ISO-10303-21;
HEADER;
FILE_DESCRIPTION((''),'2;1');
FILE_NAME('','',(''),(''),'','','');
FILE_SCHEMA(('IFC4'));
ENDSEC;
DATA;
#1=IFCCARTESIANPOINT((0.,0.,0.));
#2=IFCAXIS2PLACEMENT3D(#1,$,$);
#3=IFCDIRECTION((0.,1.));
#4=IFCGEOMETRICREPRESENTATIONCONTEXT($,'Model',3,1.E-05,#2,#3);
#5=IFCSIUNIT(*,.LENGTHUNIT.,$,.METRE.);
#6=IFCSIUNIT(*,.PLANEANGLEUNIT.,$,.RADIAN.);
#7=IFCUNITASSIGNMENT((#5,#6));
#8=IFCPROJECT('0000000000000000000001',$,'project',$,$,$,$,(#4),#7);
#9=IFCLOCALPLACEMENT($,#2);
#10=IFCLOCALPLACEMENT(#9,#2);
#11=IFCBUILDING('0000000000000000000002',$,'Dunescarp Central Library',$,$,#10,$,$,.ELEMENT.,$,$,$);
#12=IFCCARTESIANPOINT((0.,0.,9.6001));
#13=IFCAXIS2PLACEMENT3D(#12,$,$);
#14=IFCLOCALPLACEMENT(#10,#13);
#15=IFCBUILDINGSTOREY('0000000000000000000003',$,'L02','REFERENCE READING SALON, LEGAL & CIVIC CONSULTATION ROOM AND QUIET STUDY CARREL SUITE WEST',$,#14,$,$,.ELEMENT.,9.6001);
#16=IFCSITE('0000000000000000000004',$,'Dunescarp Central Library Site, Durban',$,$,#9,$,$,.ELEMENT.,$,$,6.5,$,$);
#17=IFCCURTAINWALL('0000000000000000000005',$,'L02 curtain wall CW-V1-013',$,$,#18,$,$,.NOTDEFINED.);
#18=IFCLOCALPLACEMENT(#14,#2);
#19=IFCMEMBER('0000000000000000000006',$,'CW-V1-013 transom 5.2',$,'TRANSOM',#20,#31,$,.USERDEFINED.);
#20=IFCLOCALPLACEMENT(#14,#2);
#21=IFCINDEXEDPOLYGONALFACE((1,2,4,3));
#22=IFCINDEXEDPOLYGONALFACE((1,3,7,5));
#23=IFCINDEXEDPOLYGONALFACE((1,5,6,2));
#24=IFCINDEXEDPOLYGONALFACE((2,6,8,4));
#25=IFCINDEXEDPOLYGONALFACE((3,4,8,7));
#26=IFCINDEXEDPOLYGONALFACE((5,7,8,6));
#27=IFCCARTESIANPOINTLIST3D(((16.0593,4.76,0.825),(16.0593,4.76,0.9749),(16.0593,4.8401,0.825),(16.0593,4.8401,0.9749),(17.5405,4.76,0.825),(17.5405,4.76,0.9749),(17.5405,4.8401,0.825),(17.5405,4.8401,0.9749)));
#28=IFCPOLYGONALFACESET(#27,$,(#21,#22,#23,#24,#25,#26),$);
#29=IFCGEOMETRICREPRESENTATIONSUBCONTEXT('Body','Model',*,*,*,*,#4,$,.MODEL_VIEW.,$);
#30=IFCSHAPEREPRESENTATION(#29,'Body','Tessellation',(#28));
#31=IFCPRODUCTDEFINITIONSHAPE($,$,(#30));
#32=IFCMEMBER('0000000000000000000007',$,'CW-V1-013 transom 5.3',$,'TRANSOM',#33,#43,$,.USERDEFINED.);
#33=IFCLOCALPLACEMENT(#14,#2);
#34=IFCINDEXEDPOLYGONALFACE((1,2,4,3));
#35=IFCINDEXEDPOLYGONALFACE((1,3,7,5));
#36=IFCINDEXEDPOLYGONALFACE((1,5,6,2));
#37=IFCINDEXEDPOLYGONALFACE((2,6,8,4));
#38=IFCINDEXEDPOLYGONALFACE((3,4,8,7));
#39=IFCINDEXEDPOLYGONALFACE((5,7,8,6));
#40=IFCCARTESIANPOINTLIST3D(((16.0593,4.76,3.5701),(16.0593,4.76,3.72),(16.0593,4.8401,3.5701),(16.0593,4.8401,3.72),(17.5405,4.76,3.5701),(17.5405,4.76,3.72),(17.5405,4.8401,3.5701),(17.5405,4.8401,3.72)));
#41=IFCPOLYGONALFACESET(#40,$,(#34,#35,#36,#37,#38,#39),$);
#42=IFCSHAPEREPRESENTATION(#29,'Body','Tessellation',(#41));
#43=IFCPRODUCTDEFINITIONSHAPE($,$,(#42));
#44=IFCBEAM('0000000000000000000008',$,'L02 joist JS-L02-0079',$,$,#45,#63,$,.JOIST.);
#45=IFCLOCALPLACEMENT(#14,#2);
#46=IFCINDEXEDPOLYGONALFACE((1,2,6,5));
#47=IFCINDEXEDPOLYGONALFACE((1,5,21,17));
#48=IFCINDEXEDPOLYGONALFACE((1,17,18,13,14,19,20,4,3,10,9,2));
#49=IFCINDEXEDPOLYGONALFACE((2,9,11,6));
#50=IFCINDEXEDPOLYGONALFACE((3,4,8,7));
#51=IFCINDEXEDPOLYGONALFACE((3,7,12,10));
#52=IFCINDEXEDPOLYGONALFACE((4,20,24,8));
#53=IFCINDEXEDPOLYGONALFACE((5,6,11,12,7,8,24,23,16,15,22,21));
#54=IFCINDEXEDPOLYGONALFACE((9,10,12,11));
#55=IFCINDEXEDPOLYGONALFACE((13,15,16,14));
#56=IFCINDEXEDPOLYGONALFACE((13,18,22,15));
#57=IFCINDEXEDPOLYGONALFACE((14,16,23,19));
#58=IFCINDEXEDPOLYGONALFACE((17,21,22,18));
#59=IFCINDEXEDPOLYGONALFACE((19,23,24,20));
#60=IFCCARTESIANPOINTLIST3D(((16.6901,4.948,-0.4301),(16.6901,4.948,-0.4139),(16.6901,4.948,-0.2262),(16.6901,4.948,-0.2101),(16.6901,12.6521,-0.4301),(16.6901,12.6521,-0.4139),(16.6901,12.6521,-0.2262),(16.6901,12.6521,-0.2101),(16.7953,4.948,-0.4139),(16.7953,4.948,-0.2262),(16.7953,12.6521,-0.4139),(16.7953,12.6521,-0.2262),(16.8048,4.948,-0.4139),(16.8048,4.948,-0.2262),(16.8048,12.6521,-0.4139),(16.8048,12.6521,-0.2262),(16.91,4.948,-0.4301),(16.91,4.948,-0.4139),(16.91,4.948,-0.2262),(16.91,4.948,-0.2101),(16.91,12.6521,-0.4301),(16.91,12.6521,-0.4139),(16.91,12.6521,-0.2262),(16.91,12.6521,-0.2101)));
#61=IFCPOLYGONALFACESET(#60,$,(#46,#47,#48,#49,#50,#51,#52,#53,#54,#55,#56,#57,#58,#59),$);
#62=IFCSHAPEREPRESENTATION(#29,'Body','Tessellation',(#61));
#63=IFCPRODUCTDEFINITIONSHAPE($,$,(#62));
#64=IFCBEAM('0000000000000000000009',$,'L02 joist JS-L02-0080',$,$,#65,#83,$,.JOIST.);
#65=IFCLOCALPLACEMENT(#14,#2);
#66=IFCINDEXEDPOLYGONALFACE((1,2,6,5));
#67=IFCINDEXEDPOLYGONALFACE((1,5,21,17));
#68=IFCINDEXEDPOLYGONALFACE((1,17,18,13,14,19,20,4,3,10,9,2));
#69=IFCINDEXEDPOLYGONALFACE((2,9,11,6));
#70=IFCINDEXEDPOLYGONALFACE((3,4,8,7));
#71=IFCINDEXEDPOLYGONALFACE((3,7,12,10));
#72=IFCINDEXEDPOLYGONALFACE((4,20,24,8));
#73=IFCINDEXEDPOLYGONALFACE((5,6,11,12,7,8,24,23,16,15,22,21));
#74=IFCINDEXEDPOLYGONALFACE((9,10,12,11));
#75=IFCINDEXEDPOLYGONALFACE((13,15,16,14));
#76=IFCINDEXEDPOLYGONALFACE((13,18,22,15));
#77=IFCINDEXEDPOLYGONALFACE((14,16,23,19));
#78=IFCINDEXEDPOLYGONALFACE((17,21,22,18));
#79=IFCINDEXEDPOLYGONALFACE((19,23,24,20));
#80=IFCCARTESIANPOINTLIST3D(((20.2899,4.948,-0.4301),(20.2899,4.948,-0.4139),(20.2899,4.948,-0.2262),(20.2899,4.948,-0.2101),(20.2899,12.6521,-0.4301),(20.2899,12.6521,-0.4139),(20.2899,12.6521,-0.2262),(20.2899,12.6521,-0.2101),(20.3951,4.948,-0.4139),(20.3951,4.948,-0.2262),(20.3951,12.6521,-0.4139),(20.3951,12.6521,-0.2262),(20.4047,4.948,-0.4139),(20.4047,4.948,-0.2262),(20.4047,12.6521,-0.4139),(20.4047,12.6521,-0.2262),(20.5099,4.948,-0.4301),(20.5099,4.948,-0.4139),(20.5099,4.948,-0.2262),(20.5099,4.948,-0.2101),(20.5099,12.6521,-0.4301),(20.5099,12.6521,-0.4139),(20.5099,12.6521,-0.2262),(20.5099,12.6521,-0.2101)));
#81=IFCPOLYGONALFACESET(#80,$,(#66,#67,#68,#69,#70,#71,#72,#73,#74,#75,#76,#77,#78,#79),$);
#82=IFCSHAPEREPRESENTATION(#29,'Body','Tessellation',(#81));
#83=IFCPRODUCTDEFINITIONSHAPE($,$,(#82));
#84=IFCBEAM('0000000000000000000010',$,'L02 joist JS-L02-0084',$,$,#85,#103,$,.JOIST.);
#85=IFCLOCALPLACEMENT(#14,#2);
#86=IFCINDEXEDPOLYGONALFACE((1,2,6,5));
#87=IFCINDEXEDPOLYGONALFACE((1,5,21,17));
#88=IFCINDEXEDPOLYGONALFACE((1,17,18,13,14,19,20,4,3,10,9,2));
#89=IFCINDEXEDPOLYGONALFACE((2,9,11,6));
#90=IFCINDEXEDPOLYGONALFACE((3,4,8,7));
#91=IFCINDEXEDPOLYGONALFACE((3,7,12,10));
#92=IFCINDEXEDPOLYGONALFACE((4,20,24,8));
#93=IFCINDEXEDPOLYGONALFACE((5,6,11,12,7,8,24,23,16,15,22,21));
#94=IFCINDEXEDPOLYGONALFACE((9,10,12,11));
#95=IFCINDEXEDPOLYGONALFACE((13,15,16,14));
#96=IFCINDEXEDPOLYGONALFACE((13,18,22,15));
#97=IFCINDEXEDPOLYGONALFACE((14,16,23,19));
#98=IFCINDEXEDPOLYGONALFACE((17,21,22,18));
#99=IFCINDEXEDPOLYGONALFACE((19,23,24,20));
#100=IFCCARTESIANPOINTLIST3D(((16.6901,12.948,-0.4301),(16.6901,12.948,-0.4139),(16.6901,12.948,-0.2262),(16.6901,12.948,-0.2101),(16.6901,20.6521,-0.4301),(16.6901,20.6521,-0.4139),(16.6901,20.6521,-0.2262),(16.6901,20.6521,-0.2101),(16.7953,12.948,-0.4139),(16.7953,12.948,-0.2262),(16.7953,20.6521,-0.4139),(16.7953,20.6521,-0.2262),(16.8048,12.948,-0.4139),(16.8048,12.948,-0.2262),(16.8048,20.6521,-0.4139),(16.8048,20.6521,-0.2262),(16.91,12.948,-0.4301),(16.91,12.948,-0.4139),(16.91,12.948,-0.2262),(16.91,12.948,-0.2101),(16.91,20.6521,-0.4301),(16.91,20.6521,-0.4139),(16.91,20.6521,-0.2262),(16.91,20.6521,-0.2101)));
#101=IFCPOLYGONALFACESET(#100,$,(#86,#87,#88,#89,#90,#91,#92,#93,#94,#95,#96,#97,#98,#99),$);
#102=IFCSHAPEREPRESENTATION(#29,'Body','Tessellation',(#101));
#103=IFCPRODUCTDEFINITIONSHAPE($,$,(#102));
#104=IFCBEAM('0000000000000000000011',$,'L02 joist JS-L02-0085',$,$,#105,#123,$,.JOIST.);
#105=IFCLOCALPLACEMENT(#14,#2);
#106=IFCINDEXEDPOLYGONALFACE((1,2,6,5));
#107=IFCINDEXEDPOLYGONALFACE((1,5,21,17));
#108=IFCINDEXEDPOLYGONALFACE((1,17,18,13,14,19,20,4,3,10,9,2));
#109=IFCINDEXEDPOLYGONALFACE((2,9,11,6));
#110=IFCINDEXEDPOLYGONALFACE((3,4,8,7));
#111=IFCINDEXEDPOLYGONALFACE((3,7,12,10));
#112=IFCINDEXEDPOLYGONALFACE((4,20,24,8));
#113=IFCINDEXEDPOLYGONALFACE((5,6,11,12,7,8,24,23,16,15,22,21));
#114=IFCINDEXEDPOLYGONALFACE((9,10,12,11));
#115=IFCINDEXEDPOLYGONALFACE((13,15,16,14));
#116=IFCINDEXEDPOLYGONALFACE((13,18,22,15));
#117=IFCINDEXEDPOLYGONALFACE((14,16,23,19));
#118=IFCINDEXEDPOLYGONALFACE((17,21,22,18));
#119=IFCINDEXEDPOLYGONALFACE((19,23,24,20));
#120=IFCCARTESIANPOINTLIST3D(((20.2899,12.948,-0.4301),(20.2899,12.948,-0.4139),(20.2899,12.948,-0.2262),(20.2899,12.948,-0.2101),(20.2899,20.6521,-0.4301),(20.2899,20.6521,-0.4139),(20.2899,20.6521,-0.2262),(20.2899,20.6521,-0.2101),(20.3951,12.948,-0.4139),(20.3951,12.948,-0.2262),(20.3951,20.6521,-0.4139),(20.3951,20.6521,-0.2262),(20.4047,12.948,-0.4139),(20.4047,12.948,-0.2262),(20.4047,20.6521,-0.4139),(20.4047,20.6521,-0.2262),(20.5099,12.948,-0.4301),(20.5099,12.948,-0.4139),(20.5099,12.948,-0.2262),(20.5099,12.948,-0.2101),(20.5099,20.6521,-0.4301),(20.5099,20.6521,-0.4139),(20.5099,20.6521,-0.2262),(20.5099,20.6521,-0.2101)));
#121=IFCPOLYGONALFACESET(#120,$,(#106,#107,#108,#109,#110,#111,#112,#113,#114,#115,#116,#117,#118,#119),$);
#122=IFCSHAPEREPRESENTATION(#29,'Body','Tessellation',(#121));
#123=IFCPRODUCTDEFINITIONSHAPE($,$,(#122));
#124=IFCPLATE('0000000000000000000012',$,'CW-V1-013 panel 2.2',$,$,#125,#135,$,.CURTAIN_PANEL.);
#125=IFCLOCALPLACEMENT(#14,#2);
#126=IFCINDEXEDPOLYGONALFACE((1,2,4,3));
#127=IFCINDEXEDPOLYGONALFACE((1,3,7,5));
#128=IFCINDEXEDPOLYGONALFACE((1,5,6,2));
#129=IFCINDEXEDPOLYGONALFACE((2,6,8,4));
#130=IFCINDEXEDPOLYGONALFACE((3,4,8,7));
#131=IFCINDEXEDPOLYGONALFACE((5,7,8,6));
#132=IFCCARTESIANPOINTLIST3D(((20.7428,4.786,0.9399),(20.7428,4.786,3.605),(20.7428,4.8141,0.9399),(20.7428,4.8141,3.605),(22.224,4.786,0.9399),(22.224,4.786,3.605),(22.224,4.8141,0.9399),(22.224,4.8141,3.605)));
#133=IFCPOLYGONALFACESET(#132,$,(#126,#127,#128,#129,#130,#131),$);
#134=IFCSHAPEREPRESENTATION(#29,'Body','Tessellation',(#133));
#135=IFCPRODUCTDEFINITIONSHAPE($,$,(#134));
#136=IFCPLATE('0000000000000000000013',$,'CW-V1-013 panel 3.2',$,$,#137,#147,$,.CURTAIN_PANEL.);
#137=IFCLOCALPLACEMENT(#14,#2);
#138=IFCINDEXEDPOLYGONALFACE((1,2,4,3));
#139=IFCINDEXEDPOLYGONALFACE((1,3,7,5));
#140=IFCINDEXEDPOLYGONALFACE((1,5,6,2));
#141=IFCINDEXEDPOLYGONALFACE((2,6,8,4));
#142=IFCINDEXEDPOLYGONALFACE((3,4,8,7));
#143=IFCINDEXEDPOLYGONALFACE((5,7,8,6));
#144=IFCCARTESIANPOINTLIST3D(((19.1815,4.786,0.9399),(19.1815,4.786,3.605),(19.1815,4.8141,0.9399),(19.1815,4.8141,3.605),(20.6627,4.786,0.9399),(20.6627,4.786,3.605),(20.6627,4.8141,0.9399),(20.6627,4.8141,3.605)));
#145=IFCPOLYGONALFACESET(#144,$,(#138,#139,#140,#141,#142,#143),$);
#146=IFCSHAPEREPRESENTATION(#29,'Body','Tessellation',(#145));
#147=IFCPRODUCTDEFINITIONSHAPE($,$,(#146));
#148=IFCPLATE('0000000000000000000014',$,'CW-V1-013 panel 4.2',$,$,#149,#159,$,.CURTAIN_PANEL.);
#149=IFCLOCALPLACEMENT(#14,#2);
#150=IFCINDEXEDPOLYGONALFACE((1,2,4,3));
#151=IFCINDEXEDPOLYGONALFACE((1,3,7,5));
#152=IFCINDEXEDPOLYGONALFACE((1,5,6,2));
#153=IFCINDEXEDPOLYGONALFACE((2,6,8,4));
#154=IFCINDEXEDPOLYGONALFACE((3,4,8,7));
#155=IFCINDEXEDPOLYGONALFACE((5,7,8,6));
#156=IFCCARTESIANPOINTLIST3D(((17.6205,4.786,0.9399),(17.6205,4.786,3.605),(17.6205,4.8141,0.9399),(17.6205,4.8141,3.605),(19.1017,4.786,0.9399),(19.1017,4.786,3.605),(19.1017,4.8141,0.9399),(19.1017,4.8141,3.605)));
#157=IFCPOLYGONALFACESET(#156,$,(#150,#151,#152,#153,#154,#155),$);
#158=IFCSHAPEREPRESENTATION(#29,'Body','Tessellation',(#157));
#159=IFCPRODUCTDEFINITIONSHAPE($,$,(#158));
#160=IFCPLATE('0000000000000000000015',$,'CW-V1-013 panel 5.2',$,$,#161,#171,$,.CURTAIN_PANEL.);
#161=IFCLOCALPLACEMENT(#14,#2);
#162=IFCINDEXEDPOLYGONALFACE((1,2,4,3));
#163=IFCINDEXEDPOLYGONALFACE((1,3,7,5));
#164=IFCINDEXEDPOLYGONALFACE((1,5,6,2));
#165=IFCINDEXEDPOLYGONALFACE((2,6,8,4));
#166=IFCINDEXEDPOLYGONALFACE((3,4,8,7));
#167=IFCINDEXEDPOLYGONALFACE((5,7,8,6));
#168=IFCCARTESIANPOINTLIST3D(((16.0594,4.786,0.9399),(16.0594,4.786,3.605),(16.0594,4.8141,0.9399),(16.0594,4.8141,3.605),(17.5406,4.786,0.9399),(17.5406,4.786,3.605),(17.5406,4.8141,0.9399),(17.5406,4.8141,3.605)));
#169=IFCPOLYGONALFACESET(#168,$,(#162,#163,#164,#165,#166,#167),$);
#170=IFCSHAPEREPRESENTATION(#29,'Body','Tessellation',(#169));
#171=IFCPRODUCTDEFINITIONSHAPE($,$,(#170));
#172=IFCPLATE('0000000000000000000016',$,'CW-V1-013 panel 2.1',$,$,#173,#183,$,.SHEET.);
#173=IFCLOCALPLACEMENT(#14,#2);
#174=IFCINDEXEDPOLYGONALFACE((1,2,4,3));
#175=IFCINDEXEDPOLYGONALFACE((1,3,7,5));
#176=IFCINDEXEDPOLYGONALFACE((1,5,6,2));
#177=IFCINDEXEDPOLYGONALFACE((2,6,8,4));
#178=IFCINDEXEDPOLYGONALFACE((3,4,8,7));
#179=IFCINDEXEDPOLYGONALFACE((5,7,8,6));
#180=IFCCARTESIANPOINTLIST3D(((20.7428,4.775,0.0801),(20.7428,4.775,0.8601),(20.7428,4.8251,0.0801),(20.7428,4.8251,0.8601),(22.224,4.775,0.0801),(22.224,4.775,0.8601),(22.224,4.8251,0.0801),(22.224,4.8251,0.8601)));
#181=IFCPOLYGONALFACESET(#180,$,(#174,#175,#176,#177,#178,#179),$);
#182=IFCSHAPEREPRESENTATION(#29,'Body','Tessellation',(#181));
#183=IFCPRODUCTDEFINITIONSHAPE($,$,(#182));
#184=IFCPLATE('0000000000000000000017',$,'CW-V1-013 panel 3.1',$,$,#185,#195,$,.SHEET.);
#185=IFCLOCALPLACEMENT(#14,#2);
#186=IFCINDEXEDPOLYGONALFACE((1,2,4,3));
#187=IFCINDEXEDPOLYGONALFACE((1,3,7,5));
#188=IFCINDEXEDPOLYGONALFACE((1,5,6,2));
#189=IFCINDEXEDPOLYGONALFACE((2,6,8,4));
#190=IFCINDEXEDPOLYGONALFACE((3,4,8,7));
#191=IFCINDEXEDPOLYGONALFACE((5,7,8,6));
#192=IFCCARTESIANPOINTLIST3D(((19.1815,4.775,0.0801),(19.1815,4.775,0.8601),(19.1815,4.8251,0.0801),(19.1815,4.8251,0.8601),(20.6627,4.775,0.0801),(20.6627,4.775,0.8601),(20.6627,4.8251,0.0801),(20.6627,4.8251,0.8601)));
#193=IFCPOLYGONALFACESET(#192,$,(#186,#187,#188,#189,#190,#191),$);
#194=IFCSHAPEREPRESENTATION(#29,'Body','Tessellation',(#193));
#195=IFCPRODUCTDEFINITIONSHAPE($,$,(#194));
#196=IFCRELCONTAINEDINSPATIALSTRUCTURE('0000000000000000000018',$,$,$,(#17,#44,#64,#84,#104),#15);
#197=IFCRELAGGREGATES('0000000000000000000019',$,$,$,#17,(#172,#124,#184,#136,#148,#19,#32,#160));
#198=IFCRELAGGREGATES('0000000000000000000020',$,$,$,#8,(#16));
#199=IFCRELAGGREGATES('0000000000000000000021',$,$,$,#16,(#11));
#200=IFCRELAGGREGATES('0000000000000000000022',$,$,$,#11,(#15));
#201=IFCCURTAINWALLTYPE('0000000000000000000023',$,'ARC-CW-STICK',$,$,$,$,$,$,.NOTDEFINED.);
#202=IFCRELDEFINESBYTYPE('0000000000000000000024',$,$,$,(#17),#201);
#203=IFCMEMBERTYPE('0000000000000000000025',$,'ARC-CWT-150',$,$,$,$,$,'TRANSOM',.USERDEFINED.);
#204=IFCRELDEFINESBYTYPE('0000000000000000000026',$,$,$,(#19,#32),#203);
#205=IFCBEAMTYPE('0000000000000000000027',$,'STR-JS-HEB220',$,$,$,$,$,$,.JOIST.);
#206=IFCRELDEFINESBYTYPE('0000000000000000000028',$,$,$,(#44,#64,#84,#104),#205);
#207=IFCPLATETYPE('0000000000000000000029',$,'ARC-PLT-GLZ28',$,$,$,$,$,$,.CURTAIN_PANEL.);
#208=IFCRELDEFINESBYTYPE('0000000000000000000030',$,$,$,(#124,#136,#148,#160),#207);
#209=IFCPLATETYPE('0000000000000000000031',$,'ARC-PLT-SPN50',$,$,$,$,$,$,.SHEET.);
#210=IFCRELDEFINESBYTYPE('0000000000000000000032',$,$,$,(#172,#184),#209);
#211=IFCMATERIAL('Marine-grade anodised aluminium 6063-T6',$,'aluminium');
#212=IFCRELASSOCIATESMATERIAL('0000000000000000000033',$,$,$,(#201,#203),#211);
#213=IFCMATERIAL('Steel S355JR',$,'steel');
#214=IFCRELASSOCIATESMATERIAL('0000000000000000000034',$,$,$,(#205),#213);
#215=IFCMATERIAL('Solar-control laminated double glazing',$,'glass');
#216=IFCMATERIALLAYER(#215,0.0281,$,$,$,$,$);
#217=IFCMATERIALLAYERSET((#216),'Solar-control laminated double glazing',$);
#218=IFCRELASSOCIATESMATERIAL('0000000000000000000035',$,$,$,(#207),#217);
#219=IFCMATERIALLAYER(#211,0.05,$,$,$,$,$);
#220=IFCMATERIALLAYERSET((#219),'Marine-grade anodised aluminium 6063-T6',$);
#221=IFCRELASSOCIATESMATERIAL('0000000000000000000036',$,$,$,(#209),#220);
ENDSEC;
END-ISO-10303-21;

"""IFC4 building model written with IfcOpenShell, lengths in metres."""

from ifc_helpers import new_model, si_unit, direction, frame, origin, origin_2d, place, context, subcontext, project, spatial, rectangle, i_section, extrude, material, layer, layer_set, material_profile, profile_set, type_object, element, aggregate, save


model = new_model("IFC4")

# Units and contexts
model_context = context("Model", 3, precision=1e-05, world=origin(), true_north=direction((0.0, 1.0)))
body_context = subcontext(model_context, "Body", "Model", "MODEL_VIEW")
ifc_project = project(units=[si_unit("LENGTHUNIT", "METRE"), si_unit("PLANEANGLEUNIT", "RADIAN")], contexts=[model_context])

# Site, building, storey
site_placement = place(None, origin())
site = spatial("IfcSite", under=ifc_project, at=site_placement, Name="Dunescarp Central Library Site, Durban", CompositionType="ELEMENT", RefElevation=6.5)
building_placement = place(site_placement, origin())
building = spatial("IfcBuilding", under=site, at=building_placement, Name="Dunescarp Central Library", CompositionType="ELEMENT")
storey_placement = place(building_placement, frame((0.0, 0.0, 9.6001)))
storey = spatial("IfcBuildingStorey", under=building, at=storey_placement, Name="L02", Description="REFERENCE READING SALON, LEGAL & CIVIC CONSULTATION ROOM AND QUIET STUDY CARREL SUITE WEST", CompositionType="ELEMENT", Elevation=9.6001)

# Shared definitions
ifc_material_1 = material(Name="Steel S355JR", Category="steel")

# Curtain wall, members
ifc_material_2 = material(Name="Marine-grade anodised aluminium 6063-T6", Category="aluminium")
curtain_wall_type = type_object("IfcCurtainWallType", Name="ARC-CW-STICK", PredefinedType="NOTDEFINED", material=ifc_material_2)
curtain_wall_placement = place(storey_placement, origin())
curtain_wall = element("IfcCurtainWall", 1, at=curtain_wall_placement, inside=storey, type_object=curtain_wall_type, Name="L02 curtain wall CW-V1-013", PredefinedType="NOTDEFINED")
ifc_material_profile_1 = material_profile(ifc_material_2, rectangle(XDim=0.0801, YDim=0.1499, at=origin_2d()), Name="AL 80x150")
ifc_profile_set_1 = profile_set([ifc_material_profile_1], Name="Marine-grade anodised aluminium 6063-T6")
member_type_1 = type_object("IfcMemberType", Name="ARC-CWT-150", ElementType="TRANSOM", PredefinedType="USERDEFINED", material=ifc_profile_set_1)
member_1_placement = place(storey_placement, frame((17.5405, 4.8, 0.8999), z_axis=(-1.0, 0.0, 0.0), x_axis=(0.0, -1.0, 0.0)))
member_1 = element("IfcMember", 2, at=member_1_placement, type_object=member_type_1, Name="CW-V1-013 transom 5.2", ObjectType="TRANSOM", PredefinedType="USERDEFINED", context=body_context, shape_type="SweptSolid", body=[
    extrude(rectangle(XDim=0.0801, YDim=0.1499, at=origin_2d()), origin(), (0.0, 0.0, 1.0), 1.4812),
])
member_2_placement = place(storey_placement, frame((17.5405, 4.8, 3.645), z_axis=(-1.0, 0.0, 0.0), x_axis=(0.0, -1.0, 0.0)))
member_2 = element("IfcMember", 3, at=member_2_placement, type_object=member_type_1, Name="CW-V1-013 transom 5.3", ObjectType="TRANSOM", PredefinedType="USERDEFINED", context=body_context, shape_type="SweptSolid", body=[
    extrude(rectangle(XDim=0.0801, YDim=0.1499, at=origin_2d()), origin(), (0.0, 0.0, 1.0), 1.4812),
])

# Beams
ifc_material_profile_2 = material_profile(ifc_material_1, i_section(OverallWidth=0.22, OverallDepth=0.22, WebThickness=0.0095, FlangeThickness=0.0161, at=origin_2d()), Name="HEB 220")
ifc_profile_set_2 = profile_set([ifc_material_profile_2], Name="Steel S355JR")
beam_type = type_object("IfcBeamType", Name="STR-JS-HEB220", PredefinedType="JOIST", material=ifc_profile_set_2)
for number, where, z_axis, x_axis, name in (
    (4, (16.8, 4.948, -0.3201), (0.0, 1.0, 0.0), (-1.0, 0.0, 0.0), "L02 joist JS-L02-0079"),
    (5, (20.3999, 4.948, -0.3201), (0.0, 1.0, 0.0), (-1.0, 0.0, 0.0), "L02 joist JS-L02-0080"),
    (6, (16.8, 12.948, -0.3201), (0.0, 1.0, 0.0), (-1.0, 0.0, 0.0), "L02 joist JS-L02-0084"),
    (7, (20.3999, 12.948, -0.3201), (0.0, 1.0, 0.0), (-1.0, 0.0, 0.0), "L02 joist JS-L02-0085"),
):
    element("IfcBeam", number, at=place(storey_placement, frame(where, z_axis=z_axis, x_axis=x_axis)), inside=storey, type_object=beam_type, Name=name, PredefinedType="JOIST", context=body_context, shape_type="SweptSolid", body=[
        extrude(i_section(OverallWidth=0.22, OverallDepth=0.22, WebThickness=0.0095, FlangeThickness=0.0161, at=origin_2d()), origin(), (0.0, 0.0, 1.0), 7.7041),
    ])

# Plates
ifc_material_3 = material(Name="Solar-control laminated double glazing", Category="glass")
ifc_layer_1 = layer(ifc_material_3, 0.0281)
ifc_layer_set_1 = layer_set([ifc_layer_1], Name="Solar-control laminated double glazing")
plate_type_1 = type_object("IfcPlateType", Name="ARC-PLT-GLZ28", PredefinedType="CURTAIN_PANEL", material=ifc_layer_set_1)
plate_1_placement = place(storey_placement, frame((21.4834, 4.8, 0.9399), z_axis=(0.0, 0.0, 1.0), x_axis=(-1.0, 0.0, 0.0)))
plate_1 = element("IfcPlate", 8, at=plate_1_placement, type_object=plate_type_1, Name="CW-V1-013 panel 2.2", PredefinedType="CURTAIN_PANEL", context=body_context, shape_type="SweptSolid", body=[
    extrude(rectangle(XDim=1.4812, YDim=0.0281, at=origin_2d()), origin(), (0.0, 0.0, 1.0), 2.665),
])
plate_2_placement = place(storey_placement, frame((19.9221, 4.8, 0.9399), z_axis=(0.0, 0.0, 1.0), x_axis=(-1.0, 0.0, 0.0)))
plate_2 = element("IfcPlate", 9, at=plate_2_placement, type_object=plate_type_1, Name="CW-V1-013 panel 3.2", PredefinedType="CURTAIN_PANEL", context=body_context, shape_type="SweptSolid", body=[
    extrude(rectangle(XDim=1.4812, YDim=0.0281, at=origin_2d()), origin(), (0.0, 0.0, 1.0), 2.665),
])
plate_3_placement = place(storey_placement, frame((18.3611, 4.8, 0.9399), z_axis=(0.0, 0.0, 1.0), x_axis=(-1.0, 0.0, 0.0)))
plate_3 = element("IfcPlate", 10, at=plate_3_placement, type_object=plate_type_1, Name="CW-V1-013 panel 4.2", PredefinedType="CURTAIN_PANEL", context=body_context, shape_type="SweptSolid", body=[
    extrude(rectangle(XDim=1.4812, YDim=0.0281, at=origin_2d()), origin(), (0.0, 0.0, 1.0), 2.665),
])
plate_4_placement = place(storey_placement, frame((16.8, 4.8, 0.9399), z_axis=(0.0, 0.0, 1.0), x_axis=(-1.0, 0.0, 0.0)))
plate_4 = element("IfcPlate", 11, at=plate_4_placement, type_object=plate_type_1, Name="CW-V1-013 panel 5.2", PredefinedType="CURTAIN_PANEL", context=body_context, shape_type="SweptSolid", body=[
    extrude(rectangle(XDim=1.4812, YDim=0.0281, at=origin_2d()), origin(), (0.0, 0.0, 1.0), 2.665),
])
ifc_layer_2 = layer(ifc_material_2, 0.05)
ifc_layer_set_2 = layer_set([ifc_layer_2], Name="Marine-grade anodised aluminium 6063-T6")
plate_type_2 = type_object("IfcPlateType", Name="ARC-PLT-SPN50", PredefinedType="SHEET", material=ifc_layer_set_2)
plate_5_placement = place(storey_placement, frame((21.4834, 4.8, 0.0801), z_axis=(0.0, 0.0, 1.0), x_axis=(-1.0, 0.0, 0.0)))
plate_5 = element("IfcPlate", 12, at=plate_5_placement, type_object=plate_type_2, Name="CW-V1-013 panel 2.1", PredefinedType="SHEET", context=body_context, shape_type="SweptSolid", body=[
    extrude(rectangle(XDim=1.4812, YDim=0.05, at=origin_2d()), origin(), (0.0, 0.0, 1.0), 0.78),
])
plate_6_placement = place(storey_placement, frame((19.9221, 4.8, 0.0801), z_axis=(0.0, 0.0, 1.0), x_axis=(-1.0, 0.0, 0.0)))
plate_6 = element("IfcPlate", 13, at=plate_6_placement, type_object=plate_type_2, Name="CW-V1-013 panel 3.1", PredefinedType="SHEET", context=body_context, shape_type="SweptSolid", body=[
    extrude(rectangle(XDim=1.4812, YDim=0.05, at=origin_2d()), origin(), (0.0, 0.0, 1.0), 0.78),
])
aggregate(curtain_wall, [plate_5, plate_1, plate_6, plate_2, plate_3, member_1, member_2, plate_4])

save(model, "model.ifc")
